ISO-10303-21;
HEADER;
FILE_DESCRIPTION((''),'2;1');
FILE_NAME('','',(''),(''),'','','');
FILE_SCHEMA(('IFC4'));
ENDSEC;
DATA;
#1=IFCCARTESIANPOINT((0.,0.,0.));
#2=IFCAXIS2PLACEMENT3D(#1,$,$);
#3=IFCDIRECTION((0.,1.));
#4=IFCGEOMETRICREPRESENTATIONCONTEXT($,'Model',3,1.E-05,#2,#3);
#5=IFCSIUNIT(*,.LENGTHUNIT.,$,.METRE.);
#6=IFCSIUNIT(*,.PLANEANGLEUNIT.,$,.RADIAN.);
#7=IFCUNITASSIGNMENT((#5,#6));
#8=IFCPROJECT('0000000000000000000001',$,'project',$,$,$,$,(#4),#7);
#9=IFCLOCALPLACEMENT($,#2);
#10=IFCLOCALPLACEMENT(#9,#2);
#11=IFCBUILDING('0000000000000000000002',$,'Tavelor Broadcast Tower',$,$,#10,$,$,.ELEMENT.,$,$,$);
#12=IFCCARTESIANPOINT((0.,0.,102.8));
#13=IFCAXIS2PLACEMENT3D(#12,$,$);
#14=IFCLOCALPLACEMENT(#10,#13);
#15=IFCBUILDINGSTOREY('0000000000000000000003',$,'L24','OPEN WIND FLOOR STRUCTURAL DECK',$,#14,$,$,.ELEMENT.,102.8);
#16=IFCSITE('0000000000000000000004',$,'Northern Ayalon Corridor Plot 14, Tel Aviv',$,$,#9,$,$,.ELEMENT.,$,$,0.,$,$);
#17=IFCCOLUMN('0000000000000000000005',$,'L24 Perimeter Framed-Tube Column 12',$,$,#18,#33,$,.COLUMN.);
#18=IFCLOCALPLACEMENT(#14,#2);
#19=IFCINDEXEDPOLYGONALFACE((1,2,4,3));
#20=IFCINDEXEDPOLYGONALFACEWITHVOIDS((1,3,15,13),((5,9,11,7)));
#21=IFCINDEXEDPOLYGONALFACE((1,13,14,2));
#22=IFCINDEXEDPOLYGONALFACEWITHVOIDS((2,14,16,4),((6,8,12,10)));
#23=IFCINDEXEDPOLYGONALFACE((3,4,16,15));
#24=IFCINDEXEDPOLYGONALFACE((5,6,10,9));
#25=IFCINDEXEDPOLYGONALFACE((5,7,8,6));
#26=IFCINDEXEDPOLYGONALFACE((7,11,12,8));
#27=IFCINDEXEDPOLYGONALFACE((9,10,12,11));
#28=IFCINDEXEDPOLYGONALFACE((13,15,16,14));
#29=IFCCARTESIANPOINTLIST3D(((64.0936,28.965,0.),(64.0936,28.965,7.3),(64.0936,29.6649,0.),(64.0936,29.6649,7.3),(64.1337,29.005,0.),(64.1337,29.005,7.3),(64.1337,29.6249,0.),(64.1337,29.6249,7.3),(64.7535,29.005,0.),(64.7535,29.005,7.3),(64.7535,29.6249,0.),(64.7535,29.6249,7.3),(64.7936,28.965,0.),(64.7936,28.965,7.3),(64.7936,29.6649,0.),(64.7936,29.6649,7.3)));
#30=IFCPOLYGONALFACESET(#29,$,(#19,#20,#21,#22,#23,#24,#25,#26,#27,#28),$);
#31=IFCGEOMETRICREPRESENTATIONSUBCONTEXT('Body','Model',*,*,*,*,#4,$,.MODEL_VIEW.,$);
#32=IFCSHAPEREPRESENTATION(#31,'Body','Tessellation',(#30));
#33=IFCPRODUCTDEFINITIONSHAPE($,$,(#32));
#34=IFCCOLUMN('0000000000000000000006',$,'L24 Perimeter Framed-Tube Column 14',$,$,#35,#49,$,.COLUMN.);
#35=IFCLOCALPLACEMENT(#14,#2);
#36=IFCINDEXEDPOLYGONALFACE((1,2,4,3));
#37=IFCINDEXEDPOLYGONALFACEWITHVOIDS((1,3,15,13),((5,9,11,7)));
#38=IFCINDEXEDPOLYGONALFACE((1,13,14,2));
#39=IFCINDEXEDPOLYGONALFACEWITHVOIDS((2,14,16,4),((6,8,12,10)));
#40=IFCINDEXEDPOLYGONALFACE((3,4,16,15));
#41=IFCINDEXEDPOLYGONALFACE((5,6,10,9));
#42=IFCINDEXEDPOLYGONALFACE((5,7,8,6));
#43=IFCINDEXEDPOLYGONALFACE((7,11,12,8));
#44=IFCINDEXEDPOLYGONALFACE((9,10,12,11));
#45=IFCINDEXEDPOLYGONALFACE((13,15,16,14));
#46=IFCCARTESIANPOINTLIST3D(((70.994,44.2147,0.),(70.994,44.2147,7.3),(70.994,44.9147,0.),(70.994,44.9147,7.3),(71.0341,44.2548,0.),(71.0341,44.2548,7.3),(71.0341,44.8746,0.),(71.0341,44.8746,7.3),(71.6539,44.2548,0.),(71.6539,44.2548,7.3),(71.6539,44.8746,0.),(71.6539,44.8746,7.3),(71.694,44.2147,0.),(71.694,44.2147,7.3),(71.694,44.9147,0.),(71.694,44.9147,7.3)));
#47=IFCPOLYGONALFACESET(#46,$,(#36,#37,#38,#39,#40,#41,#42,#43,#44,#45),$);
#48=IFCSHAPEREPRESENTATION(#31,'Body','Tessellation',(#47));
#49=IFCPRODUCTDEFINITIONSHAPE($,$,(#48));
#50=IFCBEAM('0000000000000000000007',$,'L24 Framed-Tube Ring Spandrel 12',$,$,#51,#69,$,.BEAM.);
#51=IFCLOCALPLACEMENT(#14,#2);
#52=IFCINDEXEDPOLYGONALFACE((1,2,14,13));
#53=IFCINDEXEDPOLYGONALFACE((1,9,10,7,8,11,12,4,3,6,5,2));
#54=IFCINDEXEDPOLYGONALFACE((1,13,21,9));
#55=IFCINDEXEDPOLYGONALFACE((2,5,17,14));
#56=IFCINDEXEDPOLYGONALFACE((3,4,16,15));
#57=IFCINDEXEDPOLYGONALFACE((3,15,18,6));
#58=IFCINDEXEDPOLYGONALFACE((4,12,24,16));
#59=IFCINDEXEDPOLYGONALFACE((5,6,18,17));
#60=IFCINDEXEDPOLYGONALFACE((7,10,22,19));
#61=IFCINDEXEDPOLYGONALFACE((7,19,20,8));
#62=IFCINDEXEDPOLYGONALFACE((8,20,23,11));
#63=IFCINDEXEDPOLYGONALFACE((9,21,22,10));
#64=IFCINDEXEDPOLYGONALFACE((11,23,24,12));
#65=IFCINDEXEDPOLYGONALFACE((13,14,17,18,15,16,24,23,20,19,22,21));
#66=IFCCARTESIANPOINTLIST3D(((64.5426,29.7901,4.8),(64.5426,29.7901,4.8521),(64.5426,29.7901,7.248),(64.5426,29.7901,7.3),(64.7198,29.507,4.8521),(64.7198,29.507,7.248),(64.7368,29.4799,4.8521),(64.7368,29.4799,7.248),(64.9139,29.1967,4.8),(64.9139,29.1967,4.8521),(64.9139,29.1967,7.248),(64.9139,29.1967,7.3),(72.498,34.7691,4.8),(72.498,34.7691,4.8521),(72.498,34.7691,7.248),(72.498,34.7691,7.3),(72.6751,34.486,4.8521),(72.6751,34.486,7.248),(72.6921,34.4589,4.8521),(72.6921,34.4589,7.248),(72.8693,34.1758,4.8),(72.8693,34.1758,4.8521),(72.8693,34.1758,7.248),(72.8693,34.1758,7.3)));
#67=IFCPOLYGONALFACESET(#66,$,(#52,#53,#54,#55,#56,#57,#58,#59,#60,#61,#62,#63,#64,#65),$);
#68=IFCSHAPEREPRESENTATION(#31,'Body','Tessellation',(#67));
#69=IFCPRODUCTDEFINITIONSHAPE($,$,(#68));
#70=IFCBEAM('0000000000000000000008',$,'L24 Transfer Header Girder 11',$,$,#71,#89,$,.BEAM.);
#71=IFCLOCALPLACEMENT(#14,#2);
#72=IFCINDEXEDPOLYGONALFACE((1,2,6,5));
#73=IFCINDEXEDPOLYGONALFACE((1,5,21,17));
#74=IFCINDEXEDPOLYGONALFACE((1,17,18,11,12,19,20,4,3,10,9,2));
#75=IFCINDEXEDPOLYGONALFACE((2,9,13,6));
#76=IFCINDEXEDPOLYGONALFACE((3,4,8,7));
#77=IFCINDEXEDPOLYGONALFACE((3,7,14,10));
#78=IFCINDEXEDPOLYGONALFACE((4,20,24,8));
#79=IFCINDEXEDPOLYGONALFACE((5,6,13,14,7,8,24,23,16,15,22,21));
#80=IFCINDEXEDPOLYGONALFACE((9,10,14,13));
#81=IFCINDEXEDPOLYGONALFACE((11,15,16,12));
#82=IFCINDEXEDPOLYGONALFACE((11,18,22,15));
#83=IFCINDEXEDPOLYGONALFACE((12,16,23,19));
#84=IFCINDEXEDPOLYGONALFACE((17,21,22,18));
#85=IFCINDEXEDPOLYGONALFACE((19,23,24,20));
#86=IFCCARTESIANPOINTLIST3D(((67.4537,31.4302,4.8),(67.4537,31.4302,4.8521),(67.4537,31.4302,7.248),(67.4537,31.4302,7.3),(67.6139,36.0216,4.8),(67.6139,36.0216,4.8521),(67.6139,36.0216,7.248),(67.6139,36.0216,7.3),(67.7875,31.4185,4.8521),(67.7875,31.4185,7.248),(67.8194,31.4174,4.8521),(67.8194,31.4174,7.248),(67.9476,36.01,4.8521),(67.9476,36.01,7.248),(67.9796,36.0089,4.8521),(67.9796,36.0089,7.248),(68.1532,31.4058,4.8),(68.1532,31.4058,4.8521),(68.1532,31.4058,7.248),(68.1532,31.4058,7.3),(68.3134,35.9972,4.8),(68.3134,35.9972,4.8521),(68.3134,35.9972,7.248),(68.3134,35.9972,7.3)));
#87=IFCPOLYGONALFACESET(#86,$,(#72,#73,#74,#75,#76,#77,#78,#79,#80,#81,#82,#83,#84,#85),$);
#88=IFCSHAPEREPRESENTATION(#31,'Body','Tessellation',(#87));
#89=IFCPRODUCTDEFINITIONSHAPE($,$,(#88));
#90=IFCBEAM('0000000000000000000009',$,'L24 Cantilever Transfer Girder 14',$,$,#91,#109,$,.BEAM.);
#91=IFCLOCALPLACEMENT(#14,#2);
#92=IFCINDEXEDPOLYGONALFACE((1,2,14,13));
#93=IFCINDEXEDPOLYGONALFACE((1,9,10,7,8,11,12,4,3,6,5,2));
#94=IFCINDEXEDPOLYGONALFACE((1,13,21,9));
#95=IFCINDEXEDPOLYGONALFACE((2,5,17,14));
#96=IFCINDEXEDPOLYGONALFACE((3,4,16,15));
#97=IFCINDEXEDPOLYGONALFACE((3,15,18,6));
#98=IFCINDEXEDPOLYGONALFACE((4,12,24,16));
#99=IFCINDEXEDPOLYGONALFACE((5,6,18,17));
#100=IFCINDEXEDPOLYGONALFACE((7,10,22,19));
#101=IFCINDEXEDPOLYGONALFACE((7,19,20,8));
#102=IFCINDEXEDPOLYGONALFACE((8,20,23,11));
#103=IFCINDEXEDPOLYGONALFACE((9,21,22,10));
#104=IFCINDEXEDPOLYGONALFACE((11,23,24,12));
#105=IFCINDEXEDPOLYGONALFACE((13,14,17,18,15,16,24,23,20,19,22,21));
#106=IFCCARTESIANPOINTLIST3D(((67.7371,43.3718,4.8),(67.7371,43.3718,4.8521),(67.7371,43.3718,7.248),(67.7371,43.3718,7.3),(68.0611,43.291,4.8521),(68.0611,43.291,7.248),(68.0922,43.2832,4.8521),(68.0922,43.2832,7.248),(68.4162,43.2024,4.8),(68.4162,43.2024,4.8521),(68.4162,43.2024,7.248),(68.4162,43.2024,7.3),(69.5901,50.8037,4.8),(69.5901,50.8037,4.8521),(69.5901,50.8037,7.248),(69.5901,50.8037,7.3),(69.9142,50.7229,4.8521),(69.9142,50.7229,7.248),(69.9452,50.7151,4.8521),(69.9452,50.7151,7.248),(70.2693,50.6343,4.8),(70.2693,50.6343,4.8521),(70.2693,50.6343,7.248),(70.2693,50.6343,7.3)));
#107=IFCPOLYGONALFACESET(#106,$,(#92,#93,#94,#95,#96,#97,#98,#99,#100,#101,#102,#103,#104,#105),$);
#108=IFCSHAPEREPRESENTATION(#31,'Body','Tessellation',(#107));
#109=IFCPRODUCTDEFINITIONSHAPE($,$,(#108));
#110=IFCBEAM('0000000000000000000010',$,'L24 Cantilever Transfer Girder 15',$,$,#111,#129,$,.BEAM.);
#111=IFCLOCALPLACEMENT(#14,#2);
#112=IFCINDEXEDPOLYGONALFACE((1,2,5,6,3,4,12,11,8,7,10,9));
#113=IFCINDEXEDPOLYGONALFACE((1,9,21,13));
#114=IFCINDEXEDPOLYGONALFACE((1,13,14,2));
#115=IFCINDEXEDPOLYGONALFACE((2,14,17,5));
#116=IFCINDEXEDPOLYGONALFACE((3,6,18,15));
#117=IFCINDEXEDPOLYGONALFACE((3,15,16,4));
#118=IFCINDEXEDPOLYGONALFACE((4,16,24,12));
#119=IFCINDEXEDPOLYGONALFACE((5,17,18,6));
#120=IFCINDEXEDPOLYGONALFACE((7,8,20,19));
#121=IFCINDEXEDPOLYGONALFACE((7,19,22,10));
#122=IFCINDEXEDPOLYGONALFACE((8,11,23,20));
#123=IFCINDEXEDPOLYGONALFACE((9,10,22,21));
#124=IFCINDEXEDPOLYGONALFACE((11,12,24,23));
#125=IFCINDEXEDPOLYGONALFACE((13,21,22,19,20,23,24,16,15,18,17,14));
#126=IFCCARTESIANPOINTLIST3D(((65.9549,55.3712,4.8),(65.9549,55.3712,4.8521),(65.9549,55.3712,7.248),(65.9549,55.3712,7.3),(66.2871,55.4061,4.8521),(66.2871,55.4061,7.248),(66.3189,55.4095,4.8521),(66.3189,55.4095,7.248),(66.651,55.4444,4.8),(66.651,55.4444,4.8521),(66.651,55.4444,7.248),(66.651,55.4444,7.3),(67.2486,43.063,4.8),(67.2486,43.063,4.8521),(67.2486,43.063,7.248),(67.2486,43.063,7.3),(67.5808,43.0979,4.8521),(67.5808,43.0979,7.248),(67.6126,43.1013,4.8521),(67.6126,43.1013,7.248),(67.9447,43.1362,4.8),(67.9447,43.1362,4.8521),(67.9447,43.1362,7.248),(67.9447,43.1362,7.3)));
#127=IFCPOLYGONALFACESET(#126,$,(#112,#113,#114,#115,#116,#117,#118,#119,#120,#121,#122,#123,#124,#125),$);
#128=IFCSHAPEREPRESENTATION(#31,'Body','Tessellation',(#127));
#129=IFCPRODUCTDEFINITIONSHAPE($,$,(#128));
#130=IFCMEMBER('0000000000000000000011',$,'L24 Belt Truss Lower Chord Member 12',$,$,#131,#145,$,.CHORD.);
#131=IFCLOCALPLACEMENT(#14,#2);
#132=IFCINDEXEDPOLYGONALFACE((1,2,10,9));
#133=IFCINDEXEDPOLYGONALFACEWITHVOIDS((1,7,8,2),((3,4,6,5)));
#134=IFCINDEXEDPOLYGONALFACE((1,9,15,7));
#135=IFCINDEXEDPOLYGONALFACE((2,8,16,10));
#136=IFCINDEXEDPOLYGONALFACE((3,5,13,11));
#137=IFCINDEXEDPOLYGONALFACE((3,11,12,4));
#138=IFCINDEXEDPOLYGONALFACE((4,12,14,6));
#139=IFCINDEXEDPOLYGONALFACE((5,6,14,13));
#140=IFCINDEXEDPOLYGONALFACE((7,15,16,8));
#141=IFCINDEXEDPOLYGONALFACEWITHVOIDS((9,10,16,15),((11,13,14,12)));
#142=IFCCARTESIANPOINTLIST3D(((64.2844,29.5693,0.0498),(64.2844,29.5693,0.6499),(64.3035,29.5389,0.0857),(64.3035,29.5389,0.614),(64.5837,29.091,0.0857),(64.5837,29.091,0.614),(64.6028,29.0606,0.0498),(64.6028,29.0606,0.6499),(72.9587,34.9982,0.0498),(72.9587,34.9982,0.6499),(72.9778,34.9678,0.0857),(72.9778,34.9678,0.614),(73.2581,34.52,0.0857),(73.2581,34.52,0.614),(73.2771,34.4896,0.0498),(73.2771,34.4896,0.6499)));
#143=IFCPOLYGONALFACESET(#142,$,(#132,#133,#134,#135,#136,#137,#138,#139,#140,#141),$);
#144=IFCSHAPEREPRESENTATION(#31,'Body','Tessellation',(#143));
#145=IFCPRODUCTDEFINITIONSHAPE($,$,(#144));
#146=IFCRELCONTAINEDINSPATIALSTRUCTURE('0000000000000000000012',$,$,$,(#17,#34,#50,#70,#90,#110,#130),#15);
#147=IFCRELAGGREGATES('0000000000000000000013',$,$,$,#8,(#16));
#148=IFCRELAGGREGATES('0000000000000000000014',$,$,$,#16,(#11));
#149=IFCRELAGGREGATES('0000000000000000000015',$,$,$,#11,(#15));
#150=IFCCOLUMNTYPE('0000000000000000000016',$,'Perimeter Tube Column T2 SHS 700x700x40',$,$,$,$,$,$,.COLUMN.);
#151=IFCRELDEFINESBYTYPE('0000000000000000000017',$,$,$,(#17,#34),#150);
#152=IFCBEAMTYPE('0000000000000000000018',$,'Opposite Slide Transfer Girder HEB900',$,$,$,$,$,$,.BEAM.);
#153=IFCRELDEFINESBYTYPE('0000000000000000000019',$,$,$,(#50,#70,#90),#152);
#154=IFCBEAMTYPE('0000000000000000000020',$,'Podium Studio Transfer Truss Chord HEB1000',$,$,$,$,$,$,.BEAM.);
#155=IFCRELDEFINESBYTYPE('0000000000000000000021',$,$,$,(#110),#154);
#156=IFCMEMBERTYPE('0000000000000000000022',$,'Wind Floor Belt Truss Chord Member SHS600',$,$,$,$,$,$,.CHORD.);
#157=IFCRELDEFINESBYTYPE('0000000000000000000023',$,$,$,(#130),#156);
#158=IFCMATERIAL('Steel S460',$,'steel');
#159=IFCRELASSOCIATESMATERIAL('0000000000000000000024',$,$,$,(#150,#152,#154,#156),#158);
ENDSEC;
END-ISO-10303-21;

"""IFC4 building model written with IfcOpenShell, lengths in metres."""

from ifc_helpers import new_model, si_unit, direction, frame, origin, origin_2d, place, context, subcontext, project, spatial, hollow_rectangle, i_section, extrude, material, material_profile, profile_set, type_object, element, save


model = new_model("IFC4")

# Units and contexts
model_context = context("Model", 3, precision=1e-05, world=origin(), true_north=direction((0.0, 1.0)))
body_context = subcontext(model_context, "Body", "Model", "MODEL_VIEW")
ifc_project = project(units=[si_unit("LENGTHUNIT", "METRE"), si_unit("PLANEANGLEUNIT", "RADIAN")], contexts=[model_context])

# Site, building, storey
site_placement = place(None, origin())
site = spatial("IfcSite", under=ifc_project, at=site_placement, Name="Northern Ayalon Corridor Plot 14, Tel Aviv", CompositionType="ELEMENT", RefElevation=0.0)
building_placement = place(site_placement, origin())
building = spatial("IfcBuilding", under=site, at=building_placement, Name="Tavelor Broadcast Tower", CompositionType="ELEMENT")
storey_placement = place(building_placement, frame((0.0, 0.0, 102.8)))
storey = spatial("IfcBuildingStorey", under=building, at=storey_placement, Name="L24", Description="OPEN WIND FLOOR STRUCTURAL DECK", CompositionType="ELEMENT", Elevation=102.8)

# Columns
ifc_material_1 = material(Name="Steel S460", Category="steel")
ifc_material_profile_1 = material_profile(ifc_material_1, hollow_rectangle(XDim=0.7, YDim=0.7, WallThickness=0.04, at=origin_2d()), Name="SHS 700x700x40")
ifc_profile_set_1 = profile_set([ifc_material_profile_1], Name="Steel S460")
column_type = type_object("IfcColumnType", Name="Perimeter Tube Column T2 SHS 700x700x40", PredefinedType="COLUMN", material=ifc_profile_set_1)
for number, where, z_axis, x_axis, name in (
    (1, (64.4436, 29.3149, 0.0), (0.0, 0.0, 1.0), (1.0, 0.0, 0.0), "L24 Perimeter Framed-Tube Column 12"),
    (2, (71.344, 44.5647, 0.0), (0.0, 0.0, 1.0), (1.0, 0.0, 0.0), "L24 Perimeter Framed-Tube Column 14"),
):
    element("IfcColumn", number, at=place(storey_placement, frame(where, z_axis=z_axis, x_axis=x_axis)), inside=storey, type_object=column_type, Name=name, PredefinedType="COLUMN", context=body_context, shape_type="SweptSolid", body=[
        extrude(hollow_rectangle(XDim=0.7, YDim=0.7, WallThickness=0.04, at=origin_2d()), origin(), (0.0, 0.0, 1.0), 7.3),
    ])

# Beams
ifc_material_profile_2 = material_profile(ifc_material_1, i_section(OverallWidth=0.7, OverallDepth=2.5, WebThickness=0.032, FlangeThickness=0.052, at=origin_2d()), Name="PG 2500x700")
ifc_profile_set_2 = profile_set([ifc_material_profile_2], Name="Steel S460")
beam_type_1 = type_object("IfcBeamType", Name="Opposite Slide Transfer Girder HEB900", PredefinedType="BEAM", material=ifc_profile_set_2)
beam_1_placement = place(storey_placement, frame((64.7283, 29.4934, 6.05), z_axis=(0.847666, 0.53053, 0.0), x_axis=(-0.53053, 0.847666, 0.0)))
element("IfcBeam", 3, at=beam_1_placement, inside=storey, type_object=beam_type_1, Name="L24 Framed-Tube Ring Spandrel 12", PredefinedType="BEAM", context=body_context, shape_type="SweptSolid", body=[
    extrude(i_section(OverallWidth=0.7, OverallDepth=2.5, WebThickness=0.032, FlangeThickness=0.052, at=origin_2d()), origin(), (0.0, 0.0, 1.0), 9.385),
])
beam_2_placement = place(storey_placement, frame((67.8035, 31.418, 6.05), z_axis=(0.034859, 0.999392, 0.0), x_axis=(-0.999392, 0.034859, 0.0)))
element("IfcBeam", 4, at=beam_2_placement, inside=storey, type_object=beam_type_1, Name="L24 Transfer Header Girder 11", PredefinedType="BEAM", context=body_context, shape_type="SweptSolid", body=[
    extrude(i_section(OverallWidth=0.7, OverallDepth=2.5, WebThickness=0.032, FlangeThickness=0.052, at=origin_2d()), origin(), (0.0, 0.0, 1.0), 4.5942),
])
beam_3_placement = place(storey_placement, frame((68.0767, 43.2871, 6.05), z_axis=(0.241928, 0.970294, 0.0), x_axis=(-0.970294, 0.241928, 0.0)))
element("IfcBeam", 5, at=beam_3_placement, inside=storey, type_object=beam_type_1, Name="L24 Cantilever Transfer Girder 14", PredefinedType="BEAM", context=body_context, shape_type="SweptSolid", body=[
    extrude(i_section(OverallWidth=0.7, OverallDepth=2.5, WebThickness=0.032, FlangeThickness=0.052, at=origin_2d()), origin(), (0.0, 0.0, 1.0), 7.6594),
])
ifc_material_profile_3 = material_profile(ifc_material_1, i_section(OverallWidth=0.7, OverallDepth=2.5, WebThickness=0.032, FlangeThickness=0.052, at=origin_2d()), Name="PG 2500x700")
ifc_profile_set_3 = profile_set([ifc_material_profile_3], Name="Steel S460")
beam_type_2 = type_object("IfcBeamType", Name="Podium Studio Transfer Truss Chord HEB1000", PredefinedType="BEAM", material=ifc_profile_set_3)
beam_4_placement = place(storey_placement, frame((67.5967, 43.0996, 6.05), z_axis=(-0.104534, 0.994521, 0.0), x_axis=(-0.994521, -0.104534, 0.0)))
element("IfcBeam", 6, at=beam_4_placement, inside=storey, type_object=beam_type_2, Name="L24 Cantilever Transfer Girder 15", PredefinedType="BEAM", context=body_context, shape_type="SweptSolid", body=[
    extrude(i_section(OverallWidth=0.7, OverallDepth=2.5, WebThickness=0.032, FlangeThickness=0.052, at=origin_2d()), origin(), (0.0, 0.0, 1.0), 12.376),
])

# Member
ifc_material_profile_4 = material_profile(ifc_material_1, hollow_rectangle(XDim=0.6001, YDim=0.6001, WallThickness=0.0359, at=origin_2d()), Name="SHS 600x600x36")
ifc_profile_set_4 = profile_set([ifc_material_profile_4], Name="Steel S460")
member_type_1 = type_object("IfcMemberType", Name="Wind Floor Belt Truss Chord Member SHS600", PredefinedType="CHORD", material=ifc_profile_set_4)
member_1_placement = place(storey_placement, frame((64.4436, 29.3149, 0.3499), z_axis=(0.847668, 0.530526, 0.0), x_axis=(-0.530526, 0.847668, 0.0)))
element("IfcMember", 7, at=member_1_placement, inside=storey, type_object=member_type_1, Name="L24 Belt Truss Lower Chord Member 12", PredefinedType="CHORD", context=body_context, shape_type="SweptSolid", body=[
    extrude(hollow_rectangle(XDim=0.6001, YDim=0.6001, WallThickness=0.0359, at=origin_2d()), origin(), (0.0, 0.0, 1.0), 10.2332),
])

save(model, "model.ifc")
